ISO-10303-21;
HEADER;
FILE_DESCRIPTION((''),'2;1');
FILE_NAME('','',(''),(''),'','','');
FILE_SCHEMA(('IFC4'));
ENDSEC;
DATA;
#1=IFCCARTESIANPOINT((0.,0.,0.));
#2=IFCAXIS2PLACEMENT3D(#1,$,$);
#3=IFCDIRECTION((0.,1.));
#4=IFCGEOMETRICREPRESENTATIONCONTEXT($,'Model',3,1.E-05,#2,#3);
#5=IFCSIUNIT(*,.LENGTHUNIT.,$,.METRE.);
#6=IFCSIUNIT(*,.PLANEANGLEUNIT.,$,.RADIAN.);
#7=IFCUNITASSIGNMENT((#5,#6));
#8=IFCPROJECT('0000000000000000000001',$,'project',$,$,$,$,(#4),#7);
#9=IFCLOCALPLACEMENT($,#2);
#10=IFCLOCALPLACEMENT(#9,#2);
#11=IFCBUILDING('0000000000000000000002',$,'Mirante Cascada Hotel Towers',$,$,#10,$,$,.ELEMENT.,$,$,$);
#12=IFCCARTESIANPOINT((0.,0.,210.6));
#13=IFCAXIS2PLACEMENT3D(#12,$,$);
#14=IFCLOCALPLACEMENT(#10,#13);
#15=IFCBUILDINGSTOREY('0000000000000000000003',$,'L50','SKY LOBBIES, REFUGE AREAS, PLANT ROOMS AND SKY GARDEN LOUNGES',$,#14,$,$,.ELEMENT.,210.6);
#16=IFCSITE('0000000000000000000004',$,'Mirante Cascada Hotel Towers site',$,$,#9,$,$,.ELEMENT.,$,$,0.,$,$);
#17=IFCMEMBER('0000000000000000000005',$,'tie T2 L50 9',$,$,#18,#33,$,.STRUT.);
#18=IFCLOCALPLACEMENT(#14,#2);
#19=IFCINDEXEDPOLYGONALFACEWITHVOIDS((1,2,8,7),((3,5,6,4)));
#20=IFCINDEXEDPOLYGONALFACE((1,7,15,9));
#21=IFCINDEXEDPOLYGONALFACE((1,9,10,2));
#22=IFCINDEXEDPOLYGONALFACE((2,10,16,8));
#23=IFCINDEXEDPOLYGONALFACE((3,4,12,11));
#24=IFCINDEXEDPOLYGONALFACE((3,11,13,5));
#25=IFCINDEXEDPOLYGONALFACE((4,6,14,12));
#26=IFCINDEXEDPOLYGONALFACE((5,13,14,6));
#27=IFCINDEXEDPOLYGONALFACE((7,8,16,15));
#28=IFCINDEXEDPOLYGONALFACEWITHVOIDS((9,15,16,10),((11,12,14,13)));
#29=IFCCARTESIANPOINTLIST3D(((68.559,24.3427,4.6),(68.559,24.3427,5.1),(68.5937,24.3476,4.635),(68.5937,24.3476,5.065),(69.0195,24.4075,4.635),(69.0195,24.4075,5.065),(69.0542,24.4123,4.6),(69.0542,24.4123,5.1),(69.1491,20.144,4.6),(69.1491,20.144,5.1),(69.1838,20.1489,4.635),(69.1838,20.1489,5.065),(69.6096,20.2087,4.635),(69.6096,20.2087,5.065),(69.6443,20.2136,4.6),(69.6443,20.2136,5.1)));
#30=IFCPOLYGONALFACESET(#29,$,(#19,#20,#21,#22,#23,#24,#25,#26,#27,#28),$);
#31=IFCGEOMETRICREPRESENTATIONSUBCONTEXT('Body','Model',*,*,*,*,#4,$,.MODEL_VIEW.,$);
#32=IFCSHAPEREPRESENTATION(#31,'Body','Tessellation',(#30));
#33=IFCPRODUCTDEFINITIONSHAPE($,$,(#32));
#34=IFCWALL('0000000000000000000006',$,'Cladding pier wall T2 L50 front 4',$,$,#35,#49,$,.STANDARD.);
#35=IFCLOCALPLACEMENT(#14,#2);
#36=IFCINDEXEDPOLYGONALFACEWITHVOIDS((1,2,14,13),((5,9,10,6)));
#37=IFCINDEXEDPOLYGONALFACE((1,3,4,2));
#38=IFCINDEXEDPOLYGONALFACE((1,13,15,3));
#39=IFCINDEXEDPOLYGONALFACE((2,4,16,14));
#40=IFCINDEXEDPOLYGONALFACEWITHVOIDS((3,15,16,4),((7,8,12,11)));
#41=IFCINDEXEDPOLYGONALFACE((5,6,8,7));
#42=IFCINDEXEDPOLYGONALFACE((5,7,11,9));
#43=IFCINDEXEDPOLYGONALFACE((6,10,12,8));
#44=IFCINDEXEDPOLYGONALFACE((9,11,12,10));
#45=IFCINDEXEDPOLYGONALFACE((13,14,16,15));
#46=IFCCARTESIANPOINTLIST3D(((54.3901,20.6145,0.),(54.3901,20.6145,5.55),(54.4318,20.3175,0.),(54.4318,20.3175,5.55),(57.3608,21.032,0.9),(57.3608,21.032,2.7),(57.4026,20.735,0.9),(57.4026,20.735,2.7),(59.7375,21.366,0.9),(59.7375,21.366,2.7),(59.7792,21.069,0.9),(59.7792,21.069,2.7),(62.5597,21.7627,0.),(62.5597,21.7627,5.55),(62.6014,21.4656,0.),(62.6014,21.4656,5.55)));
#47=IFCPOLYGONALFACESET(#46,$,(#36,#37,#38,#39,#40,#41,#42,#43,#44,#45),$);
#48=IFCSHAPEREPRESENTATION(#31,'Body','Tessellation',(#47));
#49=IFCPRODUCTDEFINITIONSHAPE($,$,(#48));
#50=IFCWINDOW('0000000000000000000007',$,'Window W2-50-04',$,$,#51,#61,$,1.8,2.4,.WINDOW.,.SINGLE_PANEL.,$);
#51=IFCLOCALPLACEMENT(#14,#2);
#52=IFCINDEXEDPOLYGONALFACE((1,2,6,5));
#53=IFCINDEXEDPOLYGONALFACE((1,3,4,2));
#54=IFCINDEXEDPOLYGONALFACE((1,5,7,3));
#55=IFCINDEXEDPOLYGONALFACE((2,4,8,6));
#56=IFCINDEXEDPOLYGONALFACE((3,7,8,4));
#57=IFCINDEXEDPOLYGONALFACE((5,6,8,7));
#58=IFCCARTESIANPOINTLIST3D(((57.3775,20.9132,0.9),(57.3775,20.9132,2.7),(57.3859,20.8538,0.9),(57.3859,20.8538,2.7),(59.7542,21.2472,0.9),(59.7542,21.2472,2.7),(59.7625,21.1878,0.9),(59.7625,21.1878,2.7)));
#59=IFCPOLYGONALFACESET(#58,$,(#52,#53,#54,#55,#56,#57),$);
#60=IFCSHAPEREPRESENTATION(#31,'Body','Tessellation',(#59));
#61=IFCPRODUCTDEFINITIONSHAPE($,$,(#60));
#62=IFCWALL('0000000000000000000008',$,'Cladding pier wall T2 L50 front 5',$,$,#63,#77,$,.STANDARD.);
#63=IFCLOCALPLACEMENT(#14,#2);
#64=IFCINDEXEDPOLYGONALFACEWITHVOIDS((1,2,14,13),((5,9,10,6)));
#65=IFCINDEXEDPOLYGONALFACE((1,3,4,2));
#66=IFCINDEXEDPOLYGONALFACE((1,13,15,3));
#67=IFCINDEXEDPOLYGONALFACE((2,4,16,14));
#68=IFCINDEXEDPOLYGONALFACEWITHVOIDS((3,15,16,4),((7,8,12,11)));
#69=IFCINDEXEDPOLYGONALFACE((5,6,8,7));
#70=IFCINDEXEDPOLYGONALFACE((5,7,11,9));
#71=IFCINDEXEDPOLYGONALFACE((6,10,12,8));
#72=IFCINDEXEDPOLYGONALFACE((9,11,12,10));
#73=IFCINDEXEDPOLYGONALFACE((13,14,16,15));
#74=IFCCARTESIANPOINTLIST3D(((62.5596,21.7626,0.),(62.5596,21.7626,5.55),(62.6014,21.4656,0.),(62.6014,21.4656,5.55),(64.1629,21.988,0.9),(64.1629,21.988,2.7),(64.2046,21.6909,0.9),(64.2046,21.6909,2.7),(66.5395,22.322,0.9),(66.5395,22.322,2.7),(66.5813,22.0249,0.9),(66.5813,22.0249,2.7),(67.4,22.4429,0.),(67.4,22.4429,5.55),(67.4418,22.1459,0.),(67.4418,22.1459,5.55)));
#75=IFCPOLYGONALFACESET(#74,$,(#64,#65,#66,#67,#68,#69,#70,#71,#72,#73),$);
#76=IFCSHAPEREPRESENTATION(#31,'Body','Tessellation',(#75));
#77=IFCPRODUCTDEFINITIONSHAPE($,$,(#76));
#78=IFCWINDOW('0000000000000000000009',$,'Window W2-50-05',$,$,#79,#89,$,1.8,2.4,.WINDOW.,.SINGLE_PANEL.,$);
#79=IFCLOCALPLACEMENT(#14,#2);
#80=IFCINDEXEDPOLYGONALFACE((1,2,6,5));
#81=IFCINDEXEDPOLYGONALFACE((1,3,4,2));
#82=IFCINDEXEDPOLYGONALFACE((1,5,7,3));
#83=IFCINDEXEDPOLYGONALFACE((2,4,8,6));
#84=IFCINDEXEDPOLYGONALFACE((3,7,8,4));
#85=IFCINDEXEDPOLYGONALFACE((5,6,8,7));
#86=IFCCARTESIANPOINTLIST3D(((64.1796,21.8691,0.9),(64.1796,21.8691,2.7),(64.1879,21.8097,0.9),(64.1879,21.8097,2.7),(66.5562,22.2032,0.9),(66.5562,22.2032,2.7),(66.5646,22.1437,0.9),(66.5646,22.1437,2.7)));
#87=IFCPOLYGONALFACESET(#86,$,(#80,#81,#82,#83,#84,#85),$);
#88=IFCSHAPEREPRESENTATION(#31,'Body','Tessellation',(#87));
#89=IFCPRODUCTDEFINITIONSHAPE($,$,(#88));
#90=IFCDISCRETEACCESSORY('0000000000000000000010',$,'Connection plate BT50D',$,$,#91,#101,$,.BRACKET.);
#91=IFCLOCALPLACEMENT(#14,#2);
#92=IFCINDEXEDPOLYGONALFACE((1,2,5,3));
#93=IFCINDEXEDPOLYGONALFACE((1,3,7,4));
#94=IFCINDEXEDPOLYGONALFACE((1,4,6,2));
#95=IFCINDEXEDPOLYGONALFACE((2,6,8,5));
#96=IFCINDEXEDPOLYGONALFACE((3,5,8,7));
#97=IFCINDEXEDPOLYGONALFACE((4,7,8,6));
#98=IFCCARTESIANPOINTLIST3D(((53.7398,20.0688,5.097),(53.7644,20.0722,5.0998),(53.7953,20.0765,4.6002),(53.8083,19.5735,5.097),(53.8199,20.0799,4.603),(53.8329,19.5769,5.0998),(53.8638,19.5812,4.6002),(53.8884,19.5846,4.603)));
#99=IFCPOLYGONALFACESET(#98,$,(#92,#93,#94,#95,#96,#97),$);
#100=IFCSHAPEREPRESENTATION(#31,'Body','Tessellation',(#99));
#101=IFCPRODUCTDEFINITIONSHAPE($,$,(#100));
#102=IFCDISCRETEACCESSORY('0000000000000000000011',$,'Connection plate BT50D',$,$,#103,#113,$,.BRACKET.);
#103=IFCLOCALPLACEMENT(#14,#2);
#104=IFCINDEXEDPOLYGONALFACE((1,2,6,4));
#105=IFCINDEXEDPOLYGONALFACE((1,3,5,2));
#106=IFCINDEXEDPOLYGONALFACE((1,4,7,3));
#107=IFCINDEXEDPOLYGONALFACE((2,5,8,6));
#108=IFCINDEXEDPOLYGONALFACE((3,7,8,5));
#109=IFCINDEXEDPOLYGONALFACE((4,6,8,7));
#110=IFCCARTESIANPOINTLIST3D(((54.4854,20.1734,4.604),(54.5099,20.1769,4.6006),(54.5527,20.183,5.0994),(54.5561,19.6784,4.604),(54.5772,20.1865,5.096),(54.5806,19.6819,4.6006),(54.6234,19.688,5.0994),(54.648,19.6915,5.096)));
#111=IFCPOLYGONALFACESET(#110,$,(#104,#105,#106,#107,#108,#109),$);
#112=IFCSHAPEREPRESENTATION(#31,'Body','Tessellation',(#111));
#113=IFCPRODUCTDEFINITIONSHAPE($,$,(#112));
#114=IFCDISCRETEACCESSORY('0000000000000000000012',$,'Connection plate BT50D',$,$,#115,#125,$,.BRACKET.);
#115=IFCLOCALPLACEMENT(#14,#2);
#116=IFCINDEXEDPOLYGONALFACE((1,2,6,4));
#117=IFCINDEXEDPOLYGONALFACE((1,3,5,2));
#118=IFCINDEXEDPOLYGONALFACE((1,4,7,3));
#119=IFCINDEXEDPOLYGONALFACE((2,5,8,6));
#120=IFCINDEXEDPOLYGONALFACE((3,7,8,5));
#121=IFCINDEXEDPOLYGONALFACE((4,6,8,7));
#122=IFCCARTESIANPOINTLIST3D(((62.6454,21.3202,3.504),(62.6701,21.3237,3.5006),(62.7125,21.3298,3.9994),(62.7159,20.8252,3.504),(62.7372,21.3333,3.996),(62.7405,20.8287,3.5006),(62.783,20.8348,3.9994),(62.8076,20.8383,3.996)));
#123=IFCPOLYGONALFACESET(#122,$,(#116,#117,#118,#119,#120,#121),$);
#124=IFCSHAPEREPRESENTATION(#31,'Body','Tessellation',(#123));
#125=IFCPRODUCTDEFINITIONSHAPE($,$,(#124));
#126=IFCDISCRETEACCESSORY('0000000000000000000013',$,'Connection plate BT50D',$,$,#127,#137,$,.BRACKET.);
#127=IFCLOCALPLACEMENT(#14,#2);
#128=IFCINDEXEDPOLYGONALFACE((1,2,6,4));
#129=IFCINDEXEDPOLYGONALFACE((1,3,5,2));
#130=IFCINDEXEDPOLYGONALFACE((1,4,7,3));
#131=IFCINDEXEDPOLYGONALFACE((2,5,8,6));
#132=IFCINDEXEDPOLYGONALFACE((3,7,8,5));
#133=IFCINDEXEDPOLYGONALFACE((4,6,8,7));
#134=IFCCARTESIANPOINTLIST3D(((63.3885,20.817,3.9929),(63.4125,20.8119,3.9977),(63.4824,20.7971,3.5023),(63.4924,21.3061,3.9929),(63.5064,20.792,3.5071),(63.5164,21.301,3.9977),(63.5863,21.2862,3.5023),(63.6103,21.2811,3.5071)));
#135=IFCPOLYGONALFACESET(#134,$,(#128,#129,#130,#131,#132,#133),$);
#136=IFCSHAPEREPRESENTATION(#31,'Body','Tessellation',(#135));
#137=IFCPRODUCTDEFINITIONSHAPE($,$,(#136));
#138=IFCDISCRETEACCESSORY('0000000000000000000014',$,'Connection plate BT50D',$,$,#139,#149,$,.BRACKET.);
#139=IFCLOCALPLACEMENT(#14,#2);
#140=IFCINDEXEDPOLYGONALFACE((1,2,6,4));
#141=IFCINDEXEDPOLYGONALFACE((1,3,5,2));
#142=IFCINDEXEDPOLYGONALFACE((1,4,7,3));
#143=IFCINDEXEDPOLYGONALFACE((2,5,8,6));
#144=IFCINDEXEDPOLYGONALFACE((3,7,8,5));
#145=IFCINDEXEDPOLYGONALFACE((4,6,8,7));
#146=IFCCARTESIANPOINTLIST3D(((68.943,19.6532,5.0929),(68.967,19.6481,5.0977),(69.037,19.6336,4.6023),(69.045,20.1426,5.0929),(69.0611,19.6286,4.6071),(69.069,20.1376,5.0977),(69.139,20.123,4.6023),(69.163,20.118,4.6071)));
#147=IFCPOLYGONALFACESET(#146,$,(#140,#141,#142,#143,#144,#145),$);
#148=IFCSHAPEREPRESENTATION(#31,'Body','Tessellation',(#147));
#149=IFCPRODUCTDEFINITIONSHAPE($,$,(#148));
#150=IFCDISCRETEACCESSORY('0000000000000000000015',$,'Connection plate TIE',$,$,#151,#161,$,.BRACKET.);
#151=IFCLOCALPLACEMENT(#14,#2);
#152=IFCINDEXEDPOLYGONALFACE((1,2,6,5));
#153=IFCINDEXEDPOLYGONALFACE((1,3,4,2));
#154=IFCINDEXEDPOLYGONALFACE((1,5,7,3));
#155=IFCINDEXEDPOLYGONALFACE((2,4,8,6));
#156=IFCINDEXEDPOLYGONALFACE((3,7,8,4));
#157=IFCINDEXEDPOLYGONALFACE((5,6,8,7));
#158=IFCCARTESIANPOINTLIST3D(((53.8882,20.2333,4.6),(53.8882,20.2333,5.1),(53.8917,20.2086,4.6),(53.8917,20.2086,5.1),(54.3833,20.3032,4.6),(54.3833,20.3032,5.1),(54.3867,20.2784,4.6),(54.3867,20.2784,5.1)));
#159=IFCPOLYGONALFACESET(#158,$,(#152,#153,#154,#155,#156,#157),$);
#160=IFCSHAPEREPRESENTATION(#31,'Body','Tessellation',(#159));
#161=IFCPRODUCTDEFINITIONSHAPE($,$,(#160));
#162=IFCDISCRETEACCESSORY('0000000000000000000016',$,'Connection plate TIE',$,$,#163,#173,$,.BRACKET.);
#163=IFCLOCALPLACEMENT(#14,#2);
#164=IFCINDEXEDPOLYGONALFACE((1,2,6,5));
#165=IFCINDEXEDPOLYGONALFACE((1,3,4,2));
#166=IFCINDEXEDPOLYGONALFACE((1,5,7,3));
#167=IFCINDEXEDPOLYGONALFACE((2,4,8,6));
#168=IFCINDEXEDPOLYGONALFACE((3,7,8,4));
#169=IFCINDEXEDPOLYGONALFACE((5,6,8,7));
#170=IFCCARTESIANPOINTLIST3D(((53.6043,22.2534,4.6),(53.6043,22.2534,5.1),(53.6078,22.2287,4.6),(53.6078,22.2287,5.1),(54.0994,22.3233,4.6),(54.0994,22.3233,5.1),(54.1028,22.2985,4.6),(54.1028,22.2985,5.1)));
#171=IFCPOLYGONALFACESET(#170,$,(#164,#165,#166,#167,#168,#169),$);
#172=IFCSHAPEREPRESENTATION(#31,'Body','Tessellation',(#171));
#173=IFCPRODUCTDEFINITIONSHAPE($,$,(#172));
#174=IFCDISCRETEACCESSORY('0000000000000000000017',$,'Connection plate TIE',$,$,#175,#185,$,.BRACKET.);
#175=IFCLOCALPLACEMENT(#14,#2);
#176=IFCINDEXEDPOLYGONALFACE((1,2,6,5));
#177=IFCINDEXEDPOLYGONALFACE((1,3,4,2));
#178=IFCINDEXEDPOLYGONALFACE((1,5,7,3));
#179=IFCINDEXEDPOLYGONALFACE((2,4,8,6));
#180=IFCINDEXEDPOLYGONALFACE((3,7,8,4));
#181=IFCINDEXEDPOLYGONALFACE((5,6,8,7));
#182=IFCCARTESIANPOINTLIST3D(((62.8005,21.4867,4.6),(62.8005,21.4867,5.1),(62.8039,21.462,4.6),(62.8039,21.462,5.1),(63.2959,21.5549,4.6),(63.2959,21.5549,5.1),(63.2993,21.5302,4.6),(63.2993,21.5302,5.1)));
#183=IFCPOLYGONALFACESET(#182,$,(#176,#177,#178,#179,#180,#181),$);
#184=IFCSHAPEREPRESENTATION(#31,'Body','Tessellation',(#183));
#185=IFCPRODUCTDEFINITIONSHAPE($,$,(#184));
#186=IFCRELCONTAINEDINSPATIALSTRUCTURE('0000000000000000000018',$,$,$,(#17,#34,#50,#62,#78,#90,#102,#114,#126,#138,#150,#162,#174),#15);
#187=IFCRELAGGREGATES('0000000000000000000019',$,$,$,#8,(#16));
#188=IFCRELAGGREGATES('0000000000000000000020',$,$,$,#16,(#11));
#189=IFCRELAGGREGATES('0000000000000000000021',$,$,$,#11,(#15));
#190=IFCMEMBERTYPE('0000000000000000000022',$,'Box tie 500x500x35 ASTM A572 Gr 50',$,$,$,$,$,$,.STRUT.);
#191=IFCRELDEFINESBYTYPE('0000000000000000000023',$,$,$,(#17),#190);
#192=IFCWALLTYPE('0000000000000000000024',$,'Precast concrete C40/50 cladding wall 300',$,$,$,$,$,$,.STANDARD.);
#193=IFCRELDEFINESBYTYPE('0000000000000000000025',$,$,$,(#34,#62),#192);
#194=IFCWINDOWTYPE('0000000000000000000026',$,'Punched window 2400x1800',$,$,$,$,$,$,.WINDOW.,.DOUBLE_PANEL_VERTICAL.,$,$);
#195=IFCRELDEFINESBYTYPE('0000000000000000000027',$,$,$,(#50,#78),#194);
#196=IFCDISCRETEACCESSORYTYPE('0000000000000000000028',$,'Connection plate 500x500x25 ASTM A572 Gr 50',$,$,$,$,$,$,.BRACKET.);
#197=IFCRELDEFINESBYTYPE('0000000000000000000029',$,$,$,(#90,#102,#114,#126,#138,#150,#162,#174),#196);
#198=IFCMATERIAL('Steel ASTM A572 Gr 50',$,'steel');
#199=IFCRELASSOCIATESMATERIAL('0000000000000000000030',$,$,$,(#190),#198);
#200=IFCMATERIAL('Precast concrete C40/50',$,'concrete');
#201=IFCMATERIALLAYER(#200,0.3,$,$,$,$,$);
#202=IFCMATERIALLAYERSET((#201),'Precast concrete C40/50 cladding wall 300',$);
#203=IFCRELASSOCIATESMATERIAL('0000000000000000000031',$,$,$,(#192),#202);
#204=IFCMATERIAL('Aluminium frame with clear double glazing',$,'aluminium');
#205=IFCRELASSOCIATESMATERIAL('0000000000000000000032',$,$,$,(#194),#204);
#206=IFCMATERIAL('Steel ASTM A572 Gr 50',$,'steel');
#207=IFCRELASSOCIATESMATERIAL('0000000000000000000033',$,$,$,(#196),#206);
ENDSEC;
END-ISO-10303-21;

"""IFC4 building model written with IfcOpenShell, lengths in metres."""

from ifc_helpers import new_model, si_unit, direction, frame, frame_2d, origin, origin_2d, place, context, subcontext, project, spatial, rectangle, hollow_rectangle, extrude, material, layer, layer_set, material_profile, profile_set, type_object, element, fill, save


model = new_model("IFC4")

# Units and contexts
model_context = context("Model", 3, precision=1e-05, world=origin(), true_north=direction((0.0, 1.0)))
body_context = subcontext(model_context, "Body", "Model", "MODEL_VIEW")
ifc_project = project(units=[si_unit("LENGTHUNIT", "METRE"), si_unit("PLANEANGLEUNIT", "RADIAN")], contexts=[model_context])

# Site, building, storey
site_placement = place(None, origin())
site = spatial("IfcSite", under=ifc_project, at=site_placement, Name="Mirante Cascada Hotel Towers site", CompositionType="ELEMENT", RefElevation=0.0)
building_placement = place(site_placement, origin())
building = spatial("IfcBuilding", under=site, at=building_placement, Name="Mirante Cascada Hotel Towers", CompositionType="ELEMENT")
storey_placement = place(building_placement, frame((0.0, 0.0, 210.6)))
storey = spatial("IfcBuildingStorey", under=building, at=storey_placement, Name="L50", Description="SKY LOBBIES, REFUGE AREAS, PLANT ROOMS AND SKY GARDEN LOUNGES", CompositionType="ELEMENT", Elevation=210.6)

# Member
ifc_material_1 = material(Name="Steel ASTM A572 Gr 50", Category="steel")
ifc_material_profile_1 = material_profile(ifc_material_1, hollow_rectangle(XDim=0.5, YDim=0.5, WallThickness=0.035, at=origin_2d()), Name="Box tie 500x500x35 ASTM A572 Gr 50")
ifc_profile_set_1 = profile_set([ifc_material_profile_1], Name="Steel ASTM A572 Gr 50")
member_type_1 = type_object("IfcMemberType", Name="Box tie 500x500x35 ASTM A572 Gr 50", PredefinedType="STRUT", material=ifc_profile_set_1)
member_1_placement = place(storey_placement, frame((69.3967, 20.1788, 4.85), z_axis=(-0.139176, 0.990268, 0.0), x_axis=(-0.990268, -0.139176, 0.0)))
element("IfcMember", 1, at=member_1_placement, inside=storey, type_object=member_type_1, Name="tie T2 L50 9", PredefinedType="STRUT", context=body_context, shape_type="SweptSolid", body=[
    extrude(hollow_rectangle(XDim=0.5, YDim=0.5, WallThickness=0.035, at=origin_2d()), origin(), (0.0, 0.0, 1.0), 4.24),
])

# Walls, openings, windows
ifc_material_2 = material(Name="Precast concrete C40/50", Category="concrete")
ifc_layer = layer(ifc_material_2, 0.3)
ifc_layer_set = layer_set([ifc_layer], Name="Precast concrete C40/50 cladding wall 300")
wall_type = type_object("IfcWallType", Name="Precast concrete C40/50 cladding wall 300", PredefinedType="STANDARD", material=ifc_layer_set)
wall_1_placement = place(storey_placement, frame((54.4109, 20.466, 0.0), z_axis=(0.0, 0.0, 1.0), x_axis=(0.990269, 0.139166, 0.0)))
wall_1 = element("IfcWall", 2, at=wall_1_placement, inside=storey, type_object=wall_type, Name="Cladding pier wall T2 L50 front 4", PredefinedType="STANDARD", context=body_context, shape_type="SweptSolid", body=[
    extrude(rectangle(XDim=8.2499, YDim=0.3, at=frame_2d((4.125, 0.0))), origin(), (0.0, 0.0, 1.0), 5.55),
])
opening_1_placement = place(wall_1_placement, frame((3.0, 0.0, 0.9)))
opening_1 = element("IfcOpeningElement", 3, at=opening_1_placement, cuts=wall_1, PredefinedType="OPENING", context=body_context, shape_type="SweptSolid", body=[
    extrude(rectangle(XDim=2.4, YDim=1.8, at=frame_2d((1.2, 0.9))), frame((0.0, 0.15, 0.0), z_axis=(0.0, -1.0, 0.0), x_axis=(1.0, 0.0, 0.0)), (0.0, 0.0, 1.0), 0.3),
])
ifc_material_3 = material(Name="Aluminium frame with clear double glazing", Category="aluminium")
window_type = type_object("IfcWindowType", Name="Punched window 2400x1800", PartitioningType="DOUBLE_PANEL_VERTICAL", PredefinedType="WINDOW", material=ifc_material_3)
window_1_placement = place(opening_1_placement, origin())
window_1 = element("IfcWindow", 4, at=window_1_placement, inside=storey, type_object=window_type, Name="Window W2-50-04", OverallHeight=1.8, OverallWidth=2.4, PartitioningType="SINGLE_PANEL", PredefinedType="WINDOW", context=body_context, shape_type="SweptSolid", body=[
    extrude(rectangle(XDim=2.4, YDim=1.8, at=frame_2d((1.2, 0.9))), frame((0.0, 0.03, 0.0), z_axis=(0.0, -1.0, 0.0), x_axis=(1.0, 0.0, 0.0)), (0.0, 0.0, 1.0), 0.06),
])
fill(opening_1, window_1)
wall_2_placement = place(storey_placement, frame((62.5805, 21.6141, 0.0), z_axis=(0.0, 0.0, 1.0), x_axis=(0.990267, 0.139178, 0.0)))
wall_2 = element("IfcWall", 5, at=wall_2_placement, inside=storey, type_object=wall_type, Name="Cladding pier wall T2 L50 front 5", PredefinedType="STANDARD", context=body_context, shape_type="SweptSolid", body=[
    extrude(rectangle(XDim=4.888, YDim=0.3, at=frame_2d((2.444, 0.0))), origin(), (0.0, 0.0, 1.0), 5.55),
])
opening_2_placement = place(wall_2_placement, frame((1.619, 0.0, 0.9)))
opening_2 = element("IfcOpeningElement", 6, at=opening_2_placement, cuts=wall_2, PredefinedType="OPENING", context=body_context, shape_type="SweptSolid", body=[
    extrude(rectangle(XDim=2.4, YDim=1.8, at=frame_2d((1.2, 0.9))), frame((0.0, 0.15, 0.0), z_axis=(0.0, -1.0, 0.0), x_axis=(1.0, 0.0, 0.0)), (0.0, 0.0, 1.0), 0.3),
])
window_2_placement = place(opening_2_placement, origin())
window_2 = element("IfcWindow", 7, at=window_2_placement, inside=storey, type_object=window_type, Name="Window W2-50-05", OverallHeight=1.8, OverallWidth=2.4, PartitioningType="SINGLE_PANEL", PredefinedType="WINDOW", context=body_context, shape_type="SweptSolid", body=[
    extrude(rectangle(XDim=2.4, YDim=1.8, at=frame_2d((1.2, 0.9))), frame((0.0, 0.03, 0.0), z_axis=(0.0, -1.0, 0.0), x_axis=(1.0, 0.0, 0.0)), (0.0, 0.0, 1.0), 0.06),
])
fill(opening_2, window_2)

# Discrete accessories
ifc_material_4 = material(Name="Steel ASTM A572 Gr 50", Category="steel")
ifc_material_profile_2 = material_profile(ifc_material_4, rectangle(XDim=0.5, YDim=0.5, at=origin_2d()), Name="Connection plate 500x500x25 ASTM A572 Gr 50")
ifc_profile_set_2 = profile_set([ifc_material_profile_2], Name="Steel ASTM A572 Gr 50")
discrete_accessory_type_1 = type_object("IfcDiscreteAccessoryType", Name="Connection plate 500x500x25 ASTM A572 Gr 50", PredefinedType="BRACKET", material=ifc_profile_set_2)
for number, where, z_axis, x_axis, name in (
    (8, (53.8018, 19.825, 4.8486), (0.984347, 0.136048, 0.112039), (-0.13691, 0.990583, 0.0), "Connection plate BT50D"),
    (9, (54.5544, 19.9307, 4.8517), (0.980738, 0.140105, -0.136102), (-0.141421, 0.98995, 0.0), "Connection plate BT50D"),
):
    element("IfcDiscreteAccessory", number, at=place(storey_placement, frame(where, z_axis=z_axis, x_axis=x_axis)), inside=storey, type_object=discrete_accessory_type_1, Name=name, PredefinedType="BRACKET", context=body_context, shape_type="SweptSolid", body=[
        extrude(rectangle(XDim=0.5, YDim=0.5, at=origin_2d()), origin(), (0.0, 0.0, 1.0), 0.025),
    ])
discrete_accessory_1_placement = place(storey_placement, frame((62.7142, 21.0775, 3.7517), z_axis=(0.98089, 0.139558, -0.13557), x_axis=(-0.140858, 0.99003, 0.0)))
element("IfcDiscreteAccessory", 10, at=discrete_accessory_1_placement, inside=storey, type_object=discrete_accessory_type_1, Name="Connection plate BT50D", PredefinedType="BRACKET", context=body_context, shape_type="SweptSolid", body=[
    extrude(rectangle(XDim=0.5, YDim=0.5, at=origin_2d()), origin(), (0.0, 0.0, 1.0), 0.0251),
])
for number, where, z_axis, x_axis, name in (
    (11, (63.4874, 21.0516, 3.7476), (0.959962, -0.203992, 0.191992), (0.207859, 0.978159, 0.0), "Connection plate BT50D"),
    (12, (69.041, 19.8881, 4.8476), (0.960738, -0.200154, 0.192148), (0.203954, 0.97898, 0.0), "Connection plate BT50D"),
    (13, (54.1392, 20.2435, 4.85), (-0.139744, 0.990188, 0.0), (-0.990188, -0.139744, 0.0), "Connection plate TIE"),
    (14, (53.8553, 22.2636, 4.85), (-0.139744, 0.990188, 0.0), (-0.990188, -0.139744, 0.0), "Connection plate TIE"),
):
    element("IfcDiscreteAccessory", number, at=place(storey_placement, frame(where, z_axis=z_axis, x_axis=x_axis)), inside=storey, type_object=discrete_accessory_type_1, Name=name, PredefinedType="BRACKET", context=body_context, shape_type="SweptSolid", body=[
        extrude(rectangle(XDim=0.5, YDim=0.5, at=origin_2d()), origin(), (0.0, 0.0, 1.0), 0.025),
    ])
discrete_accessory_2_placement = place(storey_placement, frame((63.0516, 21.4961, 4.85), z_axis=(-0.136366, 0.990658, 0.0), x_axis=(-0.990658, -0.136366, 0.0)))
element("IfcDiscreteAccessory", 15, at=discrete_accessory_2_placement, inside=storey, type_object=discrete_accessory_type_1, Name="Connection plate TIE", PredefinedType="BRACKET", context=body_context, shape_type="SweptSolid", body=[
    extrude(rectangle(XDim=0.5, YDim=0.5, at=origin_2d()), origin(), (0.0, 0.0, 1.0), 0.0249),
])

save(model, "model.ifc")
